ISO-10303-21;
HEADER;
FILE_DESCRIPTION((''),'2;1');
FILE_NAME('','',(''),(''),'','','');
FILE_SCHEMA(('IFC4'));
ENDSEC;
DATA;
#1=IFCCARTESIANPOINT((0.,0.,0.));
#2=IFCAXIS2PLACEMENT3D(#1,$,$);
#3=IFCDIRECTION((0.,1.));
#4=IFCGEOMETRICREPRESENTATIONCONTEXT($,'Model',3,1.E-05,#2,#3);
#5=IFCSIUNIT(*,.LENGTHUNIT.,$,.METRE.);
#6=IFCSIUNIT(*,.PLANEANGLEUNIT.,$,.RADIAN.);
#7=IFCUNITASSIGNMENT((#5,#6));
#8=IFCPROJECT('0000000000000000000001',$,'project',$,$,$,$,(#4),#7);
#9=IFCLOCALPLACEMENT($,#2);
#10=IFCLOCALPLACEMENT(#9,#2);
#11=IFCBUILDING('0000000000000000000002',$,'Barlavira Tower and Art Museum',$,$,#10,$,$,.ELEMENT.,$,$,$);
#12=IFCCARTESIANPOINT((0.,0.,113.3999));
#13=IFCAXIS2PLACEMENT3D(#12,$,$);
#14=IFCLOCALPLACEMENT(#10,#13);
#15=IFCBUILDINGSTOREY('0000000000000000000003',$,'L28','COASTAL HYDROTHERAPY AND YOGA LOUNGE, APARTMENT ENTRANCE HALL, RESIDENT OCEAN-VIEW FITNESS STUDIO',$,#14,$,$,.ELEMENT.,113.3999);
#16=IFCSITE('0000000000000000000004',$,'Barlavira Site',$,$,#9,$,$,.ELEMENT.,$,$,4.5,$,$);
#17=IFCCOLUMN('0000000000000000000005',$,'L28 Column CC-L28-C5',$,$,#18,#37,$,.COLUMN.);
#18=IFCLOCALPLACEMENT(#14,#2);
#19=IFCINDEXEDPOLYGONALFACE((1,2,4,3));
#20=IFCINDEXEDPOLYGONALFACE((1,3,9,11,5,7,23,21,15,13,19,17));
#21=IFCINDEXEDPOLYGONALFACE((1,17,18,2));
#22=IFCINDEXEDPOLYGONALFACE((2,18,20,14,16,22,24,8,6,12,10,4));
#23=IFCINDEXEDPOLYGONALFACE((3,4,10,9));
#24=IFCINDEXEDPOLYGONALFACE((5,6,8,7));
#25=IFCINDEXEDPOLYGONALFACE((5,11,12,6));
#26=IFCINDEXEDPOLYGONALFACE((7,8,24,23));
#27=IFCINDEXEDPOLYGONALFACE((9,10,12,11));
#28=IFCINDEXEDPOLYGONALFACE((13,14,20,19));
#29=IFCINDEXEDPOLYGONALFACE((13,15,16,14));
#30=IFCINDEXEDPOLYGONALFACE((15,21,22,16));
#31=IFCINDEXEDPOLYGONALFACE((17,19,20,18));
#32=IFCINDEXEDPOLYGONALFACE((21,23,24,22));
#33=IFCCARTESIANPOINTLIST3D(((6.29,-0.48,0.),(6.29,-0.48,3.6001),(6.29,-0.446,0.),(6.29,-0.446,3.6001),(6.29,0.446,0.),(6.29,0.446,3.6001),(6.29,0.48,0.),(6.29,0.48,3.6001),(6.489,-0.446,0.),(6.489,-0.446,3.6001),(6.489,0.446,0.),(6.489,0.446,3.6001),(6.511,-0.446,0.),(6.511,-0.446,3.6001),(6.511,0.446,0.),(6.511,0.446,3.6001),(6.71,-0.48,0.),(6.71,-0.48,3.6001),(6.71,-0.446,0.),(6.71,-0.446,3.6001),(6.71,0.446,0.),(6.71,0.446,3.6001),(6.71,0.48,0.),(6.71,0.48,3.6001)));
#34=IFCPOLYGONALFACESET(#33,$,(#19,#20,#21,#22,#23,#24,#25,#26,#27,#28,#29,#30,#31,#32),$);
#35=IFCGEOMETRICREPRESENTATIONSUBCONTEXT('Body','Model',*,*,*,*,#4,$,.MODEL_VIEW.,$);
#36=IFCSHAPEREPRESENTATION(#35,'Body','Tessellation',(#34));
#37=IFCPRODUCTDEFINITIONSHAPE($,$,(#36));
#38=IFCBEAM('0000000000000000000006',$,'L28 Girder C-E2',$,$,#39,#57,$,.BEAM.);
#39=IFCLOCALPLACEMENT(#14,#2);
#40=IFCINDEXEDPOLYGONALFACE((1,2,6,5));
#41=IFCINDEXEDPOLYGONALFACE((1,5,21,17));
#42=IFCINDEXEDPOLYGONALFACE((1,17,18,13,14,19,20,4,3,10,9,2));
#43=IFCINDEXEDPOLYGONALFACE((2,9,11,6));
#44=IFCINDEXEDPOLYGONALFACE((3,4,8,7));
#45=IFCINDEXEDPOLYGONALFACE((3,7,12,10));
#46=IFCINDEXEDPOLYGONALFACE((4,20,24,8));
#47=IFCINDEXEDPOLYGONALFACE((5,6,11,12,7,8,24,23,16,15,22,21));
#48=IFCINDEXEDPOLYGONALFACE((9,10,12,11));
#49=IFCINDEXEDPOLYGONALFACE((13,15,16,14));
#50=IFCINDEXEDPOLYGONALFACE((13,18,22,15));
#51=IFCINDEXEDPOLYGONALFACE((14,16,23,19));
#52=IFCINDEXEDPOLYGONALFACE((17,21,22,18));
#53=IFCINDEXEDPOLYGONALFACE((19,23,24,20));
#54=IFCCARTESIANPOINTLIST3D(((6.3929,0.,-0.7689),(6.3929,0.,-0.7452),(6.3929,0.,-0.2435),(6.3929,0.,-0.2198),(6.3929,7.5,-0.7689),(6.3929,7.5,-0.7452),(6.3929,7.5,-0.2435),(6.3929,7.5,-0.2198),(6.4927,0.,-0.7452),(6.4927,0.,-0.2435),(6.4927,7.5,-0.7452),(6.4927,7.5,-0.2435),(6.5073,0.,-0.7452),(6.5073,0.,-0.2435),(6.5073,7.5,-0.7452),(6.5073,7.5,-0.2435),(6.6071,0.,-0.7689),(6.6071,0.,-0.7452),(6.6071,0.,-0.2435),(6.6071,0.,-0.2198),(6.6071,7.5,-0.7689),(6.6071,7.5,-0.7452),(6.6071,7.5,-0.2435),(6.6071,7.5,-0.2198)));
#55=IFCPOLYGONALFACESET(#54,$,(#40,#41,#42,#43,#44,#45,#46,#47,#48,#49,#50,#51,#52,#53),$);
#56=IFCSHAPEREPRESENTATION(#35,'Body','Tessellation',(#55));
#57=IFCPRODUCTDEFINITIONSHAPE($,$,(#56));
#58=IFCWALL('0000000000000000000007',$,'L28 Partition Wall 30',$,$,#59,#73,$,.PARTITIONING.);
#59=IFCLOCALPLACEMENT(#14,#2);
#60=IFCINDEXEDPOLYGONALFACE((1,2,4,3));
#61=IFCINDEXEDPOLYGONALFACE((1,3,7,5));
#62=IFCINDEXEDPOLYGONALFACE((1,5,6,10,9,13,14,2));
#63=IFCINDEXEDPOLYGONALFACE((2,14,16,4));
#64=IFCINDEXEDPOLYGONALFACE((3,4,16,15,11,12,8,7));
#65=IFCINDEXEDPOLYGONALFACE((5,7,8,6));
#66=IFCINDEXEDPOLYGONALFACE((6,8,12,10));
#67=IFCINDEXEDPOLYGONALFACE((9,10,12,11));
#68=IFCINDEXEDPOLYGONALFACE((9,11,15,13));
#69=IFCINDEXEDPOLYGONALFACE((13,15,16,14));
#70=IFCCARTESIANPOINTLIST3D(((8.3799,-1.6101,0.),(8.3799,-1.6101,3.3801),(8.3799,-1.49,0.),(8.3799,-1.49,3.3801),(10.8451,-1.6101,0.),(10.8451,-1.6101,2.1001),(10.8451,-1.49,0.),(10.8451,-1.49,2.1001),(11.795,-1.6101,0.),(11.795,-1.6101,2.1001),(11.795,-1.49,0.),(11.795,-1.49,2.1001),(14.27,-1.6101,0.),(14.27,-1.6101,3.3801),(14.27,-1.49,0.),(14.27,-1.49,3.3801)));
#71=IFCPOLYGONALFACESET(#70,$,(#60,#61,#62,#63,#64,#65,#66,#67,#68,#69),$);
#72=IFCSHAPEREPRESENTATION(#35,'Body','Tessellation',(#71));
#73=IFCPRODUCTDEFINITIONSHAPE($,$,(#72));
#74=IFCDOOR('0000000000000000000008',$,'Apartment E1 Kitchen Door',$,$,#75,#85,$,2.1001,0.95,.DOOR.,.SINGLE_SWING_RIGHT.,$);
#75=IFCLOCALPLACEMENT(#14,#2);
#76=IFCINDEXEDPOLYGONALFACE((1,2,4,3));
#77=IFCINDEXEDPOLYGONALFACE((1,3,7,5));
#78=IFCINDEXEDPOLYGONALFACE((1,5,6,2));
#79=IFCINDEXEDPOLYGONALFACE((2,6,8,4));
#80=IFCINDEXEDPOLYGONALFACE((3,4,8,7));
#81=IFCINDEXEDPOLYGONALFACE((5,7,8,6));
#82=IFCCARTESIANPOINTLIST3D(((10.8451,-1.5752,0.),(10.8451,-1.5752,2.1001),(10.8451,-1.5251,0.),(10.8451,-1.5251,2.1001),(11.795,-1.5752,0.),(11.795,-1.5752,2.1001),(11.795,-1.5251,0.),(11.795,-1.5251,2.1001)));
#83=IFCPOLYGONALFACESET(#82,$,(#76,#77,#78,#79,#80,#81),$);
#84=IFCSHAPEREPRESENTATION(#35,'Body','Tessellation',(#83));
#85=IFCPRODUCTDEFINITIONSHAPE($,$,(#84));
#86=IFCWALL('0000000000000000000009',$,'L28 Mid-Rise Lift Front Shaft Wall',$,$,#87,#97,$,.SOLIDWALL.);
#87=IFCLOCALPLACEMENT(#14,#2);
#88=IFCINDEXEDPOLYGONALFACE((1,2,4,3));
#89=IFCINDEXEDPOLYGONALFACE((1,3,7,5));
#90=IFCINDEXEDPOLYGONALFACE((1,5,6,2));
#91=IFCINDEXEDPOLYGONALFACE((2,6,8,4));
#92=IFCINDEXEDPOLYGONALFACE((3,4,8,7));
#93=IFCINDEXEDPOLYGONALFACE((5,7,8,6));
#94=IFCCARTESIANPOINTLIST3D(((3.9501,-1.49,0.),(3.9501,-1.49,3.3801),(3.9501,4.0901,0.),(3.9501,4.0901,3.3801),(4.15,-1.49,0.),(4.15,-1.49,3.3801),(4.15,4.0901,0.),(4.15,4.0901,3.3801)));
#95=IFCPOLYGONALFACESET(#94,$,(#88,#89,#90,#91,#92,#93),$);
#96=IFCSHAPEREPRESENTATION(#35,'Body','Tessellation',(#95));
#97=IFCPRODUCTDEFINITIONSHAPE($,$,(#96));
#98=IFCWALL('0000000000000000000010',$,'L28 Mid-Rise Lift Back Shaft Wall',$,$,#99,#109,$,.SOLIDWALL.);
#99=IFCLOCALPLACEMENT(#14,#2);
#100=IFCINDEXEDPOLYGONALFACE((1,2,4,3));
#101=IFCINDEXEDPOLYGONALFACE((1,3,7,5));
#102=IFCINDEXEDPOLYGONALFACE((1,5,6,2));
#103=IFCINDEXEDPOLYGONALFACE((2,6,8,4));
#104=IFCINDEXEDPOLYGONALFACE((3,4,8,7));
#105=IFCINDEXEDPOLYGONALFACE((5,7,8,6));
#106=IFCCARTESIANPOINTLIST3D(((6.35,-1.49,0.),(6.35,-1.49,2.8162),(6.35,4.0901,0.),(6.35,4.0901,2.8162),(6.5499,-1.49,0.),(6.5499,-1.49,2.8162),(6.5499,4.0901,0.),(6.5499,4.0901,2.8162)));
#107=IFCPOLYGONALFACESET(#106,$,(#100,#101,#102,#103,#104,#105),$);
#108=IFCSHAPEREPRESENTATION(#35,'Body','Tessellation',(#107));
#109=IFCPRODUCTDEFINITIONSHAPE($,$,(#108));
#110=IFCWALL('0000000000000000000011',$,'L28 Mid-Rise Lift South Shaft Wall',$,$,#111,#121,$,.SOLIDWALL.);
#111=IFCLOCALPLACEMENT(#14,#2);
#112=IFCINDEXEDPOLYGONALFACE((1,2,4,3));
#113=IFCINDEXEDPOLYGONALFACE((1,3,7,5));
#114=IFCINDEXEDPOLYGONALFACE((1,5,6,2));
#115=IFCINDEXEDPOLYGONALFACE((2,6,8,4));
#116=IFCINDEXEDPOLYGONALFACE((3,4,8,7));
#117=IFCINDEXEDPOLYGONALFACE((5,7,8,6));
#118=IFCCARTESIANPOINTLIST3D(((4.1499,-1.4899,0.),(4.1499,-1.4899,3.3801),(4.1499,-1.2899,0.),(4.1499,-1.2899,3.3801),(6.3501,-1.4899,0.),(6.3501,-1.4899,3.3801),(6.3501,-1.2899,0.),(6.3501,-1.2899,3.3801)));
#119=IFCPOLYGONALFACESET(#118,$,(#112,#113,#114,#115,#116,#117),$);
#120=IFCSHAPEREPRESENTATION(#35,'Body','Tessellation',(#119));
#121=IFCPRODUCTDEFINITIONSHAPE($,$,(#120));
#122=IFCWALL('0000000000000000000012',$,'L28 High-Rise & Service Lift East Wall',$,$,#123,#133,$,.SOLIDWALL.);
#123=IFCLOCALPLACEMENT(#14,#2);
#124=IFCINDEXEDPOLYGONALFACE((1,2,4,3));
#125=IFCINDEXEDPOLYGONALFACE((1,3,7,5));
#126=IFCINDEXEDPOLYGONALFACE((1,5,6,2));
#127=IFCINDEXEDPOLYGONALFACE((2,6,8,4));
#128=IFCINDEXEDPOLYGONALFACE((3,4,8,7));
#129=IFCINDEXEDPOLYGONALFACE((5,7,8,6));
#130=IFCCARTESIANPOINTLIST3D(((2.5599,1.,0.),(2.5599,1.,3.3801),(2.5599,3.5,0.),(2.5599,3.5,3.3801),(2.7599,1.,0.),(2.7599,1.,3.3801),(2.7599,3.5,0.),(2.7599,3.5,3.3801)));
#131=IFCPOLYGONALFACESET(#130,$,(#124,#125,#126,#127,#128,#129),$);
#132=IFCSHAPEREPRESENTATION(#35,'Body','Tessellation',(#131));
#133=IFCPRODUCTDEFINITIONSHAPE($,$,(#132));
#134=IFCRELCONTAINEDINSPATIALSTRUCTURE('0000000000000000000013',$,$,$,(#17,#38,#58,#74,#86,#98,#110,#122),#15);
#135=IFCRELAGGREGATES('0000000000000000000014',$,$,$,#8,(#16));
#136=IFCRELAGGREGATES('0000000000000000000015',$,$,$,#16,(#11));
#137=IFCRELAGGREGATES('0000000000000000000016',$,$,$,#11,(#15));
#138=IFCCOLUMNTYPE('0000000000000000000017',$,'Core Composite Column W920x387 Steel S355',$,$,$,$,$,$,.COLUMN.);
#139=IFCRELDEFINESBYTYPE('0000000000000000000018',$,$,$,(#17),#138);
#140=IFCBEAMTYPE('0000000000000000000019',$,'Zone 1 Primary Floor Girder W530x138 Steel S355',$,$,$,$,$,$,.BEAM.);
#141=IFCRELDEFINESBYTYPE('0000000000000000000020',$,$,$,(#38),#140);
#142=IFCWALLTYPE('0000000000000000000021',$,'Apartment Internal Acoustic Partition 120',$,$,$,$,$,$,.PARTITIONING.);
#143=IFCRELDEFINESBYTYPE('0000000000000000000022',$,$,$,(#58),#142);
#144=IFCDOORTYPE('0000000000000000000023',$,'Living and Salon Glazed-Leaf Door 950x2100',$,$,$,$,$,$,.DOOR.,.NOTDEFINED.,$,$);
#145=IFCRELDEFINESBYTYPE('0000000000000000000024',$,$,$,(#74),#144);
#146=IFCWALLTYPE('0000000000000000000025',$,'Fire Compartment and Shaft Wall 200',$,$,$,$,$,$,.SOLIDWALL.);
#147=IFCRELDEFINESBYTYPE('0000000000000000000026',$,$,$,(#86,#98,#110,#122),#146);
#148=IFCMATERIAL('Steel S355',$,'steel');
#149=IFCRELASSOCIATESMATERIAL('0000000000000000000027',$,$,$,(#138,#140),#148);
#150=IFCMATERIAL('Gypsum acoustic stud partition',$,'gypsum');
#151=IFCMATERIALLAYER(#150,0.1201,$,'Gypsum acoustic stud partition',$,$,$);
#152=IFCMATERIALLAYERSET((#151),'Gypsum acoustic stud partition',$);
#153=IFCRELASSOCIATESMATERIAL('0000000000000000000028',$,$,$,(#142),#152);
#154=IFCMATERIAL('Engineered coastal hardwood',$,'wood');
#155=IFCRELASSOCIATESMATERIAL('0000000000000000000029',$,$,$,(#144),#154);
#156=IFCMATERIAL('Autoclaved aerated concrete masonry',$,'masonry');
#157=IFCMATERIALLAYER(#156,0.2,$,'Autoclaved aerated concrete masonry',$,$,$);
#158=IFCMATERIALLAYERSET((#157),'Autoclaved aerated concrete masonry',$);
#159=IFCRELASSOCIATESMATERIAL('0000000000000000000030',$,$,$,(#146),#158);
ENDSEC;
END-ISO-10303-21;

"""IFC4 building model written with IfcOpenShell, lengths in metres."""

from ifc_helpers import new_model, si_unit, direction, frame, frame_2d, origin, origin_2d, place, context, subcontext, project, spatial, rectangle, i_section, extrude, material, layer, layer_set, material_profile, profile_set, type_object, element, fill, save


model = new_model("IFC4")

# Units and contexts
model_context = context("Model", 3, precision=1e-05, world=origin(), true_north=direction((0.0, 1.0)))
body_context = subcontext(model_context, "Body", "Model", "MODEL_VIEW")
ifc_project = project(units=[si_unit("LENGTHUNIT", "METRE"), si_unit("PLANEANGLEUNIT", "RADIAN")], contexts=[model_context])

# Site, building, storey
site_placement = place(None, origin())
site = spatial("IfcSite", under=ifc_project, at=site_placement, Name="Barlavira Site", CompositionType="ELEMENT", RefElevation=4.5)
building_placement = place(site_placement, origin())
building = spatial("IfcBuilding", under=site, at=building_placement, Name="Barlavira Tower and Art Museum", CompositionType="ELEMENT")
storey_placement = place(building_placement, frame((0.0, 0.0, 113.3999)))
storey = spatial("IfcBuildingStorey", under=building, at=storey_placement, Name="L28", Description="COASTAL HYDROTHERAPY AND YOGA LOUNGE, APARTMENT ENTRANCE HALL, RESIDENT OCEAN-VIEW FITNESS STUDIO", CompositionType="ELEMENT", Elevation=113.3999)

# Column
ifc_material_1 = material(Name="Steel S355", Category="steel")
ifc_material_profile_1 = material_profile(ifc_material_1, i_section(OverallWidth=0.4199, OverallDepth=0.96, WebThickness=0.022, FlangeThickness=0.0339, at=origin_2d()), Name="W920x387.0")
ifc_profile_set_1 = profile_set([ifc_material_profile_1], Name="Steel S355")
column_type = type_object("IfcColumnType", Name="Core Composite Column W920x387 Steel S355", PredefinedType="COLUMN", material=ifc_profile_set_1)
column_placement = place(storey_placement, frame((6.5, 0.0, 0.0), z_axis=(0.0, 0.0, 1.0), x_axis=(1.0, 0.0, 0.0)))
element("IfcColumn", 1, at=column_placement, inside=storey, type_object=column_type, Name="L28 Column CC-L28-C5", PredefinedType="COLUMN", context=body_context, shape_type="SweptSolid", body=[
    extrude(i_section(OverallWidth=0.4199, OverallDepth=0.96, WebThickness=0.022, FlangeThickness=0.0339, at=origin_2d()), origin(), (0.0, 0.0, 1.0), 3.6001),
])

# Beam
ifc_material_profile_2 = material_profile(ifc_material_1, i_section(OverallWidth=0.2141, OverallDepth=0.5491, WebThickness=0.0146, FlangeThickness=0.0237, at=origin_2d()), Name="W530x138.0")
ifc_profile_set_2 = profile_set([ifc_material_profile_2], Name="Steel S355")
beam_type = type_object("IfcBeamType", Name="Zone 1 Primary Floor Girder W530x138 Steel S355", PredefinedType="BEAM", material=ifc_profile_set_2)
beam_placement = place(storey_placement, frame((6.5, 0.0, -0.4944), z_axis=(0.0, 1.0, 0.0), x_axis=(-1.0, 0.0, 0.0)))
element("IfcBeam", 2, at=beam_placement, inside=storey, type_object=beam_type, Name="L28 Girder C-E2", PredefinedType="BEAM", context=body_context, shape_type="SweptSolid", body=[
    extrude(i_section(OverallWidth=0.2141, OverallDepth=0.5491, WebThickness=0.0146, FlangeThickness=0.0237, at=origin_2d()), origin(), (0.0, 0.0, 1.0), 7.5),
])

# Wall, opening, door
ifc_material_2 = material(Name="Gypsum acoustic stud partition", Category="gypsum")
ifc_layer_1 = layer(ifc_material_2, 0.1201, Name="Gypsum acoustic stud partition")
ifc_layer_set_1 = layer_set([ifc_layer_1], Name="Gypsum acoustic stud partition")
wall_type_1 = type_object("IfcWallType", Name="Apartment Internal Acoustic Partition 120", PredefinedType="PARTITIONING", material=ifc_layer_set_1)
wall_1_placement = place(storey_placement, frame((8.3799, -1.55, 0.0), z_axis=(0.0, 0.0, 1.0), x_axis=(1.0, 0.0, 0.0)))
wall_1 = element("IfcWall", 3, at=wall_1_placement, inside=storey, type_object=wall_type_1, Name="L28 Partition Wall 30", PredefinedType="PARTITIONING", context=body_context, shape_type="SweptSolid", body=[
    extrude(rectangle(XDim=5.8901, YDim=0.1201, at=frame_2d((2.9451, 0.0))), origin(), (0.0, 0.0, 1.0), 3.3801),
])
opening_1_placement = place(wall_1_placement, frame((2.4651, 0.0, 0.0)))
opening_1 = element("IfcOpeningElement", 4, at=opening_1_placement, cuts=wall_1, PredefinedType="OPENING", context=body_context, shape_type="SweptSolid", body=[
    extrude(rectangle(XDim=0.95, YDim=2.1001, at=frame_2d((0.4751, 1.05))), frame((0.0, 0.0701, 0.0), z_axis=(0.0, -1.0, 0.0), x_axis=(1.0, 0.0, 0.0)), (0.0, 0.0, 1.0), 0.1401),
])
ifc_material_3 = material(Name="Engineered coastal hardwood", Category="wood")
door_type_1 = type_object("IfcDoorType", Name="Living and Salon Glazed-Leaf Door 950x2100", OperationType="NOTDEFINED", PredefinedType="DOOR", material=ifc_material_3)
door_1_placement = place(opening_1_placement, origin())
door_1 = element("IfcDoor", 5, at=door_1_placement, inside=storey, type_object=door_type_1, Name="Apartment E1 Kitchen Door", OperationType="SINGLE_SWING_RIGHT", OverallHeight=2.1001, OverallWidth=0.95, PredefinedType="DOOR", context=body_context, shape_type="SweptSolid", body=[
    extrude(rectangle(XDim=0.95, YDim=2.1001, at=frame_2d((0.4751, 1.05))), frame((0.0, 0.0249, 0.0), z_axis=(0.0, -1.0, 0.0), x_axis=(1.0, 0.0, 0.0)), (0.0, 0.0, 1.0), 0.05),
])
fill(opening_1, door_1)

# Walls
ifc_material_4 = material(Name="Autoclaved aerated concrete masonry", Category="masonry")
ifc_layer_2 = layer(ifc_material_4, 0.2, Name="Autoclaved aerated concrete masonry")
ifc_layer_set_2 = layer_set([ifc_layer_2], Name="Autoclaved aerated concrete masonry")
wall_type_2 = type_object("IfcWallType", Name="Fire Compartment and Shaft Wall 200", PredefinedType="SOLIDWALL", material=ifc_layer_set_2)
wall_2_placement = place(storey_placement, frame((4.05, -1.49, 0.0), z_axis=(0.0, 0.0, 1.0), x_axis=(0.0, 1.0, 0.0)))
element("IfcWall", 6, at=wall_2_placement, inside=storey, type_object=wall_type_2, Name="L28 Mid-Rise Lift Front Shaft Wall", PredefinedType="SOLIDWALL", context=body_context, shape_type="SweptSolid", body=[
    extrude(rectangle(XDim=5.5801, YDim=0.2, at=frame_2d((2.79, 0.0))), origin(), (0.0, 0.0, 1.0), 3.3801),
])
wall_3_placement = place(storey_placement, frame((6.45, -1.49, 0.0), z_axis=(0.0, 0.0, 1.0), x_axis=(0.0, 1.0, 0.0)))
element("IfcWall", 7, at=wall_3_placement, inside=storey, type_object=wall_type_2, Name="L28 Mid-Rise Lift Back Shaft Wall", PredefinedType="SOLIDWALL", context=body_context, shape_type="SweptSolid", body=[
    extrude(rectangle(XDim=5.5801, YDim=0.2, at=frame_2d((2.79, 0.0))), origin(), (0.0, 0.0, 1.0), 2.8162),
])
wall_4_placement = place(storey_placement, frame((4.1499, -1.3899, 0.0), z_axis=(0.0, 0.0, 1.0), x_axis=(1.0, 0.0, 0.0)))
element("IfcWall", 8, at=wall_4_placement, inside=storey, type_object=wall_type_2, Name="L28 Mid-Rise Lift South Shaft Wall", PredefinedType="SOLIDWALL", context=body_context, shape_type="SweptSolid", body=[
    extrude(rectangle(XDim=2.2002, YDim=0.2, at=frame_2d((1.1001, 0.0))), origin(), (0.0, 0.0, 1.0), 3.3801),
])
wall_5_placement = place(storey_placement, frame((2.6599, 1.0, 0.0), z_axis=(0.0, 0.0, 1.0), x_axis=(0.0, 1.0, 0.0)))
element("IfcWall", 9, at=wall_5_placement, inside=storey, type_object=wall_type_2, Name="L28 High-Rise & Service Lift East Wall", PredefinedType="SOLIDWALL", context=body_context, shape_type="SweptSolid", body=[
    extrude(rectangle(XDim=2.5, YDim=0.2, at=frame_2d((1.25, 0.0))), origin(), (0.0, 0.0, 1.0), 3.3801),
])

save(model, "model.ifc")
